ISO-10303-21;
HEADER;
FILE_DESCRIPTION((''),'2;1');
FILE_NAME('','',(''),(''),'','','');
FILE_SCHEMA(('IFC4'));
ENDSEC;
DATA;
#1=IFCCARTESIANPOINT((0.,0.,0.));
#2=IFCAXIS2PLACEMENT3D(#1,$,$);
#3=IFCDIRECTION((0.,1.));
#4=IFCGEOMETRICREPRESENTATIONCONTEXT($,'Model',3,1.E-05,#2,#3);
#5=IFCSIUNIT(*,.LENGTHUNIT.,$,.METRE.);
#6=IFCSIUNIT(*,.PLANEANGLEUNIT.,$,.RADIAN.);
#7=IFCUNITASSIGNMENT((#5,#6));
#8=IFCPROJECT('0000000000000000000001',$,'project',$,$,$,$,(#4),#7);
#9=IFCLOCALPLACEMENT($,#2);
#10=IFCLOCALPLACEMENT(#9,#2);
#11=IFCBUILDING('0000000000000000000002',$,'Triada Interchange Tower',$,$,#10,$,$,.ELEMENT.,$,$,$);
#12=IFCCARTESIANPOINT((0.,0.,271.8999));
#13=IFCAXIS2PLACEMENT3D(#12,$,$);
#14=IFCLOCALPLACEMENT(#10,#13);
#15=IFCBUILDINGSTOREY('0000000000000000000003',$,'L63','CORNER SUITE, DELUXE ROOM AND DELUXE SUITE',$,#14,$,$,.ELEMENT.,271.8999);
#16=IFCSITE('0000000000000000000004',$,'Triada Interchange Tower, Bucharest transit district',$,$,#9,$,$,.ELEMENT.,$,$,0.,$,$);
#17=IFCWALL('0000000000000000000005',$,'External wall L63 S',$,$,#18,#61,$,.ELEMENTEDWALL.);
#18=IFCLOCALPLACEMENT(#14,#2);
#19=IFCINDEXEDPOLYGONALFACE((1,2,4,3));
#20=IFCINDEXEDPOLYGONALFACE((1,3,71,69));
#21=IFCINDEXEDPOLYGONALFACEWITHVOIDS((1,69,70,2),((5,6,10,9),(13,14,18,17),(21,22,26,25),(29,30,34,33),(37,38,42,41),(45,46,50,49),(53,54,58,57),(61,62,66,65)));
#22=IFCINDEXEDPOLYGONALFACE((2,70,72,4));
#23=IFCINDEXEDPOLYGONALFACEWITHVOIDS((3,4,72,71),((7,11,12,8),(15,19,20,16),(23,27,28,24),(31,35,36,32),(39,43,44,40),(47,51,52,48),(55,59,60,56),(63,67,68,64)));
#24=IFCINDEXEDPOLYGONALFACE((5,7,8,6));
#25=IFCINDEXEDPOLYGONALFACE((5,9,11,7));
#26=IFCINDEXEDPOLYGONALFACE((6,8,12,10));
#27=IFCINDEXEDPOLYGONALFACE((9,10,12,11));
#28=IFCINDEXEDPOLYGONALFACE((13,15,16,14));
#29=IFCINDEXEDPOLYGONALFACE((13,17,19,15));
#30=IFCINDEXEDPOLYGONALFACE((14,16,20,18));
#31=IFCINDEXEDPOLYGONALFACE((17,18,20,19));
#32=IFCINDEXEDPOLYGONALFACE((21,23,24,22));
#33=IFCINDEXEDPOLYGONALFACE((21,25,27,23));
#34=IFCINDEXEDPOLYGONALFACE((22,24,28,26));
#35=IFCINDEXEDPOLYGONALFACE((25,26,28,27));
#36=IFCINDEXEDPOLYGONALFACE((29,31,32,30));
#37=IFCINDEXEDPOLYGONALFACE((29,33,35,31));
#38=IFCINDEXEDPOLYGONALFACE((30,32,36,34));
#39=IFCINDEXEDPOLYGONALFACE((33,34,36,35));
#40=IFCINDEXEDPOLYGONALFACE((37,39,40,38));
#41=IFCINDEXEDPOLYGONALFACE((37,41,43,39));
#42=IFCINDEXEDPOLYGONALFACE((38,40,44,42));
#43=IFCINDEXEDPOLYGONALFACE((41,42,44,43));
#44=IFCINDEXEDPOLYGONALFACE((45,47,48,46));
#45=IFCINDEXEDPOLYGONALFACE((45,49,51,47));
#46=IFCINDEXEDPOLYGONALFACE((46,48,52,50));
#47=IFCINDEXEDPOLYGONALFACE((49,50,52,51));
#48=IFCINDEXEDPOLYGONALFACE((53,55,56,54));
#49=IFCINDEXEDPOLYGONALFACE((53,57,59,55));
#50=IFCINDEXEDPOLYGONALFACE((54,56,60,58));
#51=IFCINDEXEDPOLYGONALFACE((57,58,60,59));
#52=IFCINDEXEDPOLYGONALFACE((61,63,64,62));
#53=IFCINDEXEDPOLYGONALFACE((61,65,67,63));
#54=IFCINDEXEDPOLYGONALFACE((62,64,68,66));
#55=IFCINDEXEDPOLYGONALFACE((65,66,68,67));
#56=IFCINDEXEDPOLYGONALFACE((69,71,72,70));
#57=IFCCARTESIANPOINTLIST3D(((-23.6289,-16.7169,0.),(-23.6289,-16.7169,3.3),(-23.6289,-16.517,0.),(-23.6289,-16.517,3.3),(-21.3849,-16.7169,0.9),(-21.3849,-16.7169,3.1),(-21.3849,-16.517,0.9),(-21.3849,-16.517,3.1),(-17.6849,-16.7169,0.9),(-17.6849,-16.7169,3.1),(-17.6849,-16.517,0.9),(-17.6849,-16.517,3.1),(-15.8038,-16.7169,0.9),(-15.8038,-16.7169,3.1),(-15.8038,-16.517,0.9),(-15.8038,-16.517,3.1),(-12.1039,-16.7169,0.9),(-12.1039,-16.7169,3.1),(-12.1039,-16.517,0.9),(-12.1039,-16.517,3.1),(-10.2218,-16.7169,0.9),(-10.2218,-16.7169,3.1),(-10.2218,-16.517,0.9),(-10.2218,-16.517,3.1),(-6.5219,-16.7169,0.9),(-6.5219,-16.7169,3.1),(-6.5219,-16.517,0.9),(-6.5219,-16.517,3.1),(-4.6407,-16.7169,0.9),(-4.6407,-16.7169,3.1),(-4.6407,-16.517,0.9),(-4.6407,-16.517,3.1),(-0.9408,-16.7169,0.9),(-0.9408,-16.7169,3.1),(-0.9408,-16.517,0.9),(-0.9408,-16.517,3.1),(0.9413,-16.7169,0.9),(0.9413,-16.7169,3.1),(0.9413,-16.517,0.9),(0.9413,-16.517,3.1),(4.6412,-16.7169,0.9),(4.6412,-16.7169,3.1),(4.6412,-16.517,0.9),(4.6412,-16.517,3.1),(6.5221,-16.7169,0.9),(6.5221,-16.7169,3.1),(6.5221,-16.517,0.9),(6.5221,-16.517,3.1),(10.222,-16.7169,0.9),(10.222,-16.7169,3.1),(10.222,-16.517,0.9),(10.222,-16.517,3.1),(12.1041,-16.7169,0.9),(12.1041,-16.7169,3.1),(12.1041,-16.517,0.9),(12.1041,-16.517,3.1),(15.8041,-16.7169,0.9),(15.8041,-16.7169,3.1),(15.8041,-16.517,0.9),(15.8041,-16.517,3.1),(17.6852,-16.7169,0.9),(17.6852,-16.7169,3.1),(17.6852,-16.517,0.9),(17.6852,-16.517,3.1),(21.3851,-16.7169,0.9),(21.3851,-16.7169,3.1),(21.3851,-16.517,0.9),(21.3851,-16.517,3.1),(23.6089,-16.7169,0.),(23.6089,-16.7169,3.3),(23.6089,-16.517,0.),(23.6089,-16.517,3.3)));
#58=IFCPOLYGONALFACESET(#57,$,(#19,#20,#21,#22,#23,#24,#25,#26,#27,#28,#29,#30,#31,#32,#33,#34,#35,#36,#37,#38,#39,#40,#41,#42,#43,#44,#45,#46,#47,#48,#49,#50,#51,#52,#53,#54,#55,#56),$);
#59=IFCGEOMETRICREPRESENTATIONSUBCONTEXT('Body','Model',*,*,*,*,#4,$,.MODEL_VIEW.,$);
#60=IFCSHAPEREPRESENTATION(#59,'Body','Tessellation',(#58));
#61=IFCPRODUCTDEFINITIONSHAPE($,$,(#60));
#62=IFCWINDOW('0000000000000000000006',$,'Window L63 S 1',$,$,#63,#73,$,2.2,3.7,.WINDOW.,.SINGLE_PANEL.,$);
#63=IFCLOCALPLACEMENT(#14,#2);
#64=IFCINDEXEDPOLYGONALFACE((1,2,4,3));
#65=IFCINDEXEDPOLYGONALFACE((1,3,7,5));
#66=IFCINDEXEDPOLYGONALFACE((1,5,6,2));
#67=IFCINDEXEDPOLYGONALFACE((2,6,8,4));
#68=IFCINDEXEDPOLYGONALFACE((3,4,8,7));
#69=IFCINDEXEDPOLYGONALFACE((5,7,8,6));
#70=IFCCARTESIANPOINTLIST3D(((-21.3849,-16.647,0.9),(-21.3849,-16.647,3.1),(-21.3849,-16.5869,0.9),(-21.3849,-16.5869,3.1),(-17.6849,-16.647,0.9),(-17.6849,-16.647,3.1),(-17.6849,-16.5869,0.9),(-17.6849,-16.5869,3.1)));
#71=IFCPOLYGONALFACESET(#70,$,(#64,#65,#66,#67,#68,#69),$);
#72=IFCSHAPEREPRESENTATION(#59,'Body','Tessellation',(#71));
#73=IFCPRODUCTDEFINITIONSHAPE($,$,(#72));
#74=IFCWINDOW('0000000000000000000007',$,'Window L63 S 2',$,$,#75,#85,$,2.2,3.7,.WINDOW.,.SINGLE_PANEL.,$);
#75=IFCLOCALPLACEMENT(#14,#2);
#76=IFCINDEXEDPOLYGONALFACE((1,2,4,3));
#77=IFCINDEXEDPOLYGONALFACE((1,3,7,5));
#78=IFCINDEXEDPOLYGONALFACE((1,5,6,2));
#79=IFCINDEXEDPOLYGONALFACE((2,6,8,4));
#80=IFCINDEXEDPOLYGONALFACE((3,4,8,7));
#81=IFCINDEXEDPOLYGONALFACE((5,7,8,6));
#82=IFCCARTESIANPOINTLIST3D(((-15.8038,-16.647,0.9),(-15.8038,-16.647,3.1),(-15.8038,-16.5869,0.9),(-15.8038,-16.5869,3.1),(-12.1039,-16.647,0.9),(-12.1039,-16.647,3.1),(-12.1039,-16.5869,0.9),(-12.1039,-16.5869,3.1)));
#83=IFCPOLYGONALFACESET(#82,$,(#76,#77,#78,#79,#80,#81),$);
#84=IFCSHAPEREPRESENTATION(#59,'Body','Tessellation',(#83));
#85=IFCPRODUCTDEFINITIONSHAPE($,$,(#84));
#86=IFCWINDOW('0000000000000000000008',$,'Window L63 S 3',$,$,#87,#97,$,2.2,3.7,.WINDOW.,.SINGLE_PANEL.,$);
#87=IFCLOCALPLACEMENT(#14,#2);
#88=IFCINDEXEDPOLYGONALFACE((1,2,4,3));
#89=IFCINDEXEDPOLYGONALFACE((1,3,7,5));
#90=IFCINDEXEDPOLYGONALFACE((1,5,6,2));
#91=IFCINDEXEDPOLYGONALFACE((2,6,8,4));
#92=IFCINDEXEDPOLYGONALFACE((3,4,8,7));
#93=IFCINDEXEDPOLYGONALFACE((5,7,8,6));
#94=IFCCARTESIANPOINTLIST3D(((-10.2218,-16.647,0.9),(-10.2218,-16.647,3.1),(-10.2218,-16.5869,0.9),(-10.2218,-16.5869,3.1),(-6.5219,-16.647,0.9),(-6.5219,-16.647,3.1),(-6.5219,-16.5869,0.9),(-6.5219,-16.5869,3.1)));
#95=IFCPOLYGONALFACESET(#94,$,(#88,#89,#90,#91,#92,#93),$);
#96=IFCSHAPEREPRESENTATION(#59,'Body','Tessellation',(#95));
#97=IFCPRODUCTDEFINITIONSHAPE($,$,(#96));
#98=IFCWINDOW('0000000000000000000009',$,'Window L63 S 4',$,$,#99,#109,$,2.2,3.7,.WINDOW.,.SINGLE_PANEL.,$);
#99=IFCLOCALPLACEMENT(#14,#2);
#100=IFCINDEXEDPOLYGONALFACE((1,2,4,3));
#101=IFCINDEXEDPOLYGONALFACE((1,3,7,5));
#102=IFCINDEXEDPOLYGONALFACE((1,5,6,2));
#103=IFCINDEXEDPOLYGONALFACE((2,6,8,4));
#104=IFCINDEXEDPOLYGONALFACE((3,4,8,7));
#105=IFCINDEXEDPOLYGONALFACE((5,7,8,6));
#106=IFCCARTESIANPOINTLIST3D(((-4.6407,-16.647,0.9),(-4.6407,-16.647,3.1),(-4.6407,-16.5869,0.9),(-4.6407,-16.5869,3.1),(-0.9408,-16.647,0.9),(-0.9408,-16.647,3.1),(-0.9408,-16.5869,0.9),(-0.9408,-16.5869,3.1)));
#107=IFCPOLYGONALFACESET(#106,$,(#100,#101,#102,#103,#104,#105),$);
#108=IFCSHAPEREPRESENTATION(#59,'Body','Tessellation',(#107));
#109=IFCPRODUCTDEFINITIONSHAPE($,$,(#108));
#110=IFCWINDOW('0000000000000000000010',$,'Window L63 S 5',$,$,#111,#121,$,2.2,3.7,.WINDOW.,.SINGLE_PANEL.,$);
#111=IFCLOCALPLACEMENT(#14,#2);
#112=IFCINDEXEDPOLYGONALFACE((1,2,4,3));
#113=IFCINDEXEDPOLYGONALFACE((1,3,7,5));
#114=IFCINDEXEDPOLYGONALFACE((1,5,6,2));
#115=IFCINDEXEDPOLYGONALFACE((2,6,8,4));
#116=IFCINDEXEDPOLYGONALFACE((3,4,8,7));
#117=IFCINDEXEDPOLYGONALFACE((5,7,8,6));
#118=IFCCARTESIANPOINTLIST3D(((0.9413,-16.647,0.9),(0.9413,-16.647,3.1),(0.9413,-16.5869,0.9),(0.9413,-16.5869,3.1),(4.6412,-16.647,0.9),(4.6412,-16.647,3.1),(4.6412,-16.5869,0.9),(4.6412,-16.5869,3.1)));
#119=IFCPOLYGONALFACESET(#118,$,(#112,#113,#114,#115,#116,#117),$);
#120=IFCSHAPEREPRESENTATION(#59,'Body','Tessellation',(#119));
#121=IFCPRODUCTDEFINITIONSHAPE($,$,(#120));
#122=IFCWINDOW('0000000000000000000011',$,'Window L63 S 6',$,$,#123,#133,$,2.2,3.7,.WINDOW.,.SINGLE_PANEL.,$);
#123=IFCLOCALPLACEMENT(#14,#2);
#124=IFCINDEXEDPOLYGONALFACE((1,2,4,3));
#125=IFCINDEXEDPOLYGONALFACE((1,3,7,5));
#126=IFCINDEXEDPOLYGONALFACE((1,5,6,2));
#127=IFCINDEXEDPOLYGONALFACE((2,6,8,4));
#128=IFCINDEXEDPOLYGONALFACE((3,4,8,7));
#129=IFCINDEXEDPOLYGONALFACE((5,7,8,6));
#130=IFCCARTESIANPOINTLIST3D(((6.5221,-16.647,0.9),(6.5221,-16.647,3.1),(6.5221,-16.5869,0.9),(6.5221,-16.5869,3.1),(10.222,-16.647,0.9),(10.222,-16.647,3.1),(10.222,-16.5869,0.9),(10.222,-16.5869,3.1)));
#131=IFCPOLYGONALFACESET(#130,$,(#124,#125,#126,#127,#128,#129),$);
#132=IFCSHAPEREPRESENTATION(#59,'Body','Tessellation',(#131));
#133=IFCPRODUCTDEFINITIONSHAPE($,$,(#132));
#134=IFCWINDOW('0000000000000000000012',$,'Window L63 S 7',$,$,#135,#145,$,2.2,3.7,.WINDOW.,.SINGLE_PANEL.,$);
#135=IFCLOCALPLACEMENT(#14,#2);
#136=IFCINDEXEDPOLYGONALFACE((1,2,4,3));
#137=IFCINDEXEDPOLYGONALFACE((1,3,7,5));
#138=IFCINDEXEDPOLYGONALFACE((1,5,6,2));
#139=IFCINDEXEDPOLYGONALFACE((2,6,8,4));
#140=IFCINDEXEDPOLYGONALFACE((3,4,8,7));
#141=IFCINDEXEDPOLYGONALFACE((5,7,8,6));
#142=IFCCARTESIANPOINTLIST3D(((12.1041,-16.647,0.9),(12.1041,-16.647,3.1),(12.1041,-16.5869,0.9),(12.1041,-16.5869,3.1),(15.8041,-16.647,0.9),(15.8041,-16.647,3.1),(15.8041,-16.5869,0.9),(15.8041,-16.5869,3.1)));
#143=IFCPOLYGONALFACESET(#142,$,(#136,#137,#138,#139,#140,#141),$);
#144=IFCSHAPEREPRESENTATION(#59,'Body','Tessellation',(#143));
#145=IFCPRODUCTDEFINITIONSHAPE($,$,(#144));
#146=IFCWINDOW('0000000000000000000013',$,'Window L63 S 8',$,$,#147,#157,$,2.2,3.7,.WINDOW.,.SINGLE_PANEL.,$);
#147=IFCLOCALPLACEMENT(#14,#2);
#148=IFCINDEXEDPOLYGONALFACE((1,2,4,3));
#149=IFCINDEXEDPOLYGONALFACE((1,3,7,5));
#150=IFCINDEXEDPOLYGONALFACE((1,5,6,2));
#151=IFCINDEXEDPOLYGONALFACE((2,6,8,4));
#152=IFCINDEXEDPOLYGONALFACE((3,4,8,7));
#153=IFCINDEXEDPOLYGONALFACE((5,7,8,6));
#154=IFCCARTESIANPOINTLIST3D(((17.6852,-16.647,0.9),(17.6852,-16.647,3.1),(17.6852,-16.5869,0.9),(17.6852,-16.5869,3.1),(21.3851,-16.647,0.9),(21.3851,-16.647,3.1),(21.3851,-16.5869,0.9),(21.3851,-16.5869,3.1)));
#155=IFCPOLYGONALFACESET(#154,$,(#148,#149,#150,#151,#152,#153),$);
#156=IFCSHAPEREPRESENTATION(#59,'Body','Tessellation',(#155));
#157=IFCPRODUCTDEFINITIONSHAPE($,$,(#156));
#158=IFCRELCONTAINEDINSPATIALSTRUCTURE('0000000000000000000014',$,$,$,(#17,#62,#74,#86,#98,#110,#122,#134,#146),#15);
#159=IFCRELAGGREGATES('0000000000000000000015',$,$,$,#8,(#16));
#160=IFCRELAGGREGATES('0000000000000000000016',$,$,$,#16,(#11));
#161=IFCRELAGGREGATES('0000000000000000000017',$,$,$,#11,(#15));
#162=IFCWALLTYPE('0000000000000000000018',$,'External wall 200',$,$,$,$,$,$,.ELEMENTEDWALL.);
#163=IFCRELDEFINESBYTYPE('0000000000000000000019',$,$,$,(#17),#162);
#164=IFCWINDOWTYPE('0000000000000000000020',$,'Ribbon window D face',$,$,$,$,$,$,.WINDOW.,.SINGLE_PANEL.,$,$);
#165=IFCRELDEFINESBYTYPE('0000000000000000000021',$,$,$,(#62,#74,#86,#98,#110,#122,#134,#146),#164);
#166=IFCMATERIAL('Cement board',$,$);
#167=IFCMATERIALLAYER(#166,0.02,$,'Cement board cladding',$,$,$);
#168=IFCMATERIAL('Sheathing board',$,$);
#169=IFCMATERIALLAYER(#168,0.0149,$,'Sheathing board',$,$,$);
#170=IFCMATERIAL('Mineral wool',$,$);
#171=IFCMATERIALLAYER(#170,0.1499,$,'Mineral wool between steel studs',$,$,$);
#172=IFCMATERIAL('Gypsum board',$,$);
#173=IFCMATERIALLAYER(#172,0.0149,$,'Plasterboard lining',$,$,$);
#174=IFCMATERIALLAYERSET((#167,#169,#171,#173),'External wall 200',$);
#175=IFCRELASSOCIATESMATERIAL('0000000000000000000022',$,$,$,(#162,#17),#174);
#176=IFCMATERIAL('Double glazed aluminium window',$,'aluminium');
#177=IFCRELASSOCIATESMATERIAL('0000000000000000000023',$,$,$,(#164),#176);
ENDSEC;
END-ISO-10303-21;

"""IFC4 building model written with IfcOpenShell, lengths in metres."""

from ifc_helpers import new_model, si_unit, direction, frame, frame_2d, origin, place, context, subcontext, project, spatial, rectangle, extrude, material, layer, layer_set, layer_usage, type_object, element, fill, save


model = new_model("IFC4")

# Units and contexts
model_context = context("Model", 3, precision=1e-05, world=origin(), true_north=direction((0.0, 1.0)))
body_context = subcontext(model_context, "Body", "Model", "MODEL_VIEW")
ifc_project = project(units=[si_unit("LENGTHUNIT", "METRE"), si_unit("PLANEANGLEUNIT", "RADIAN")], contexts=[model_context])

# Site, building, storey
site_placement = place(None, origin())
site = spatial("IfcSite", under=ifc_project, at=site_placement, Name="Triada Interchange Tower, Bucharest transit district", CompositionType="ELEMENT", RefElevation=0.0)
building_placement = place(site_placement, origin())
building = spatial("IfcBuilding", under=site, at=building_placement, Name="Triada Interchange Tower", CompositionType="ELEMENT")
storey_placement = place(building_placement, frame((0.0, 0.0, 271.8999)))
storey = spatial("IfcBuildingStorey", under=building, at=storey_placement, Name="L63", Description="CORNER SUITE, DELUXE ROOM AND DELUXE SUITE", CompositionType="ELEMENT", Elevation=271.8999)

# Shared definitions
ifc_material_1 = material(Name="Cement board")
ifc_layer_1 = layer(ifc_material_1, 0.02, Name="Cement board cladding")
ifc_material_2 = material(Name="Sheathing board")
ifc_layer_2 = layer(ifc_material_2, 0.0149, Name="Sheathing board")
ifc_material_3 = material(Name="Mineral wool")
ifc_layer_3 = layer(ifc_material_3, 0.1499, Name="Mineral wool between steel studs")
ifc_material_4 = material(Name="Gypsum board")
ifc_layer_4 = layer(ifc_material_4, 0.0149, Name="Plasterboard lining")
ifc_layer_set_1 = layer_set([ifc_layer_1, ifc_layer_2, ifc_layer_3, ifc_layer_4], Name="External wall 200")
ifc_layer_usage = layer_usage(ifc_layer_set_1, "AXIS2", "POSITIVE", -0.1001)
wall_type = type_object("IfcWallType", Name="External wall 200", PredefinedType="ELEMENTEDWALL", material=ifc_layer_set_1)
ifc_material_5 = material(Name="Double glazed aluminium window", Category="aluminium")

# Wall, openings, windows
wall_1_placement = place(storey_placement, frame((-23.6289, -16.6169, 0.0), z_axis=(0.0, 0.0, 1.0), x_axis=(1.0, 0.0, 0.0)))
wall_1 = element("IfcWall", 1, at=wall_1_placement, inside=storey, type_object=wall_type, material=ifc_layer_usage, Name="External wall L63 S", PredefinedType="ELEMENTEDWALL", context=body_context, shape_type="SweptSolid", body=[
    extrude(rectangle(XDim=47.2378, YDim=0.2, at=frame_2d((23.6189, 0.0))), origin(), (0.0, 0.0, 1.0), 3.3),
])
opening_1_placement = place(wall_1_placement, frame((2.2439, 0.0, 0.8999)))
opening_1 = element("IfcOpeningElement", 2, at=opening_1_placement, cuts=wall_1, PredefinedType="OPENING", context=body_context, shape_type="SweptSolid", body=[
    extrude(rectangle(XDim=3.7, YDim=2.2, at=frame_2d((1.8501, 1.1001))), frame((0.0, 0.1099, 0.0), z_axis=(0.0, -1.0, 0.0), x_axis=(1.0, 0.0, 0.0)), (0.0, 0.0, 1.0), 0.22),
])
opening_2_placement = place(wall_1_placement, frame((7.825, 0.0, 0.8999)))
opening_2 = element("IfcOpeningElement", 3, at=opening_2_placement, cuts=wall_1, PredefinedType="OPENING", context=body_context, shape_type="SweptSolid", body=[
    extrude(rectangle(XDim=3.7, YDim=2.2, at=frame_2d((1.8501, 1.1001))), frame((0.0, 0.1099, 0.0), z_axis=(0.0, -1.0, 0.0), x_axis=(1.0, 0.0, 0.0)), (0.0, 0.0, 1.0), 0.22),
])
opening_3_placement = place(wall_1_placement, frame((13.407, 0.0, 0.8999)))
opening_3 = element("IfcOpeningElement", 4, at=opening_3_placement, cuts=wall_1, PredefinedType="OPENING", context=body_context, shape_type="SweptSolid", body=[
    extrude(rectangle(XDim=3.7, YDim=2.2, at=frame_2d((1.8501, 1.1001))), frame((0.0, 0.1099, 0.0), z_axis=(0.0, -1.0, 0.0), x_axis=(1.0, 0.0, 0.0)), (0.0, 0.0, 1.0), 0.22),
])
opening_4_placement = place(wall_1_placement, frame((18.988, 0.0, 0.8999)))
opening_4 = element("IfcOpeningElement", 5, at=opening_4_placement, cuts=wall_1, PredefinedType="OPENING", context=body_context, shape_type="SweptSolid", body=[
    extrude(rectangle(XDim=3.7, YDim=2.2, at=frame_2d((1.8501, 1.1001))), frame((0.0, 0.1099, 0.0), z_axis=(0.0, -1.0, 0.0), x_axis=(1.0, 0.0, 0.0)), (0.0, 0.0, 1.0), 0.22),
])
opening_5_placement = place(wall_1_placement, frame((24.5701, 0.0, 0.8999)))
opening_5 = element("IfcOpeningElement", 6, at=opening_5_placement, cuts=wall_1, PredefinedType="OPENING", context=body_context, shape_type="SweptSolid", body=[
    extrude(rectangle(XDim=3.7, YDim=2.2, at=frame_2d((1.8501, 1.1001))), frame((0.0, 0.1099, 0.0), z_axis=(0.0, -1.0, 0.0), x_axis=(1.0, 0.0, 0.0)), (0.0, 0.0, 1.0), 0.22),
])
opening_6_placement = place(wall_1_placement, frame((30.1509, 0.0, 0.8999)))
opening_6 = element("IfcOpeningElement", 7, at=opening_6_placement, cuts=wall_1, PredefinedType="OPENING", context=body_context, shape_type="SweptSolid", body=[
    extrude(rectangle(XDim=3.7, YDim=2.2, at=frame_2d((1.8501, 1.1001))), frame((0.0, 0.1099, 0.0), z_axis=(0.0, -1.0, 0.0), x_axis=(1.0, 0.0, 0.0)), (0.0, 0.0, 1.0), 0.22),
])
opening_7_placement = place(wall_1_placement, frame((35.7329, 0.0, 0.8999)))
opening_7 = element("IfcOpeningElement", 8, at=opening_7_placement, cuts=wall_1, PredefinedType="OPENING", context=body_context, shape_type="SweptSolid", body=[
    extrude(rectangle(XDim=3.7, YDim=2.2, at=frame_2d((1.8501, 1.1001))), frame((0.0, 0.1099, 0.0), z_axis=(0.0, -1.0, 0.0), x_axis=(1.0, 0.0, 0.0)), (0.0, 0.0, 1.0), 0.22),
])
opening_8_placement = place(wall_1_placement, frame((41.314, 0.0, 0.8999)))
opening_8 = element("IfcOpeningElement", 9, at=opening_8_placement, cuts=wall_1, PredefinedType="OPENING", context=body_context, shape_type="SweptSolid", body=[
    extrude(rectangle(XDim=3.7, YDim=2.2, at=frame_2d((1.8501, 1.1001))), frame((0.0, 0.1099, 0.0), z_axis=(0.0, -1.0, 0.0), x_axis=(1.0, 0.0, 0.0)), (0.0, 0.0, 1.0), 0.22),
])
window_type_1 = type_object("IfcWindowType", Name="Ribbon window D face", PartitioningType="SINGLE_PANEL", PredefinedType="WINDOW", material=ifc_material_5)
window_1_placement = place(opening_1_placement, origin())
window_1 = element("IfcWindow", 10, at=window_1_placement, inside=storey, type_object=window_type_1, Name="Window L63 S 1", OverallHeight=2.2, OverallWidth=3.7, PartitioningType="SINGLE_PANEL", PredefinedType="WINDOW", context=body_context, shape_type="SweptSolid", body=[
    extrude(rectangle(XDim=3.7, YDim=2.2, at=frame_2d((1.8501, 1.1001))), frame((0.0, 0.03, 0.0), z_axis=(0.0, -1.0, 0.0), x_axis=(1.0, 0.0, 0.0)), (0.0, 0.0, 1.0), 0.0601),
])
fill(opening_1, window_1)
window_2_placement = place(opening_2_placement, origin())
window_2 = element("IfcWindow", 11, at=window_2_placement, inside=storey, type_object=window_type_1, Name="Window L63 S 2", OverallHeight=2.2, OverallWidth=3.7, PartitioningType="SINGLE_PANEL", PredefinedType="WINDOW", context=body_context, shape_type="SweptSolid", body=[
    extrude(rectangle(XDim=3.7, YDim=2.2, at=frame_2d((1.8501, 1.1001))), frame((0.0, 0.03, 0.0), z_axis=(0.0, -1.0, 0.0), x_axis=(1.0, 0.0, 0.0)), (0.0, 0.0, 1.0), 0.0601),
])
fill(opening_2, window_2)
window_3_placement = place(opening_3_placement, origin())
window_3 = element("IfcWindow", 12, at=window_3_placement, inside=storey, type_object=window_type_1, Name="Window L63 S 3", OverallHeight=2.2, OverallWidth=3.7, PartitioningType="SINGLE_PANEL", PredefinedType="WINDOW", context=body_context, shape_type="SweptSolid", body=[
    extrude(rectangle(XDim=3.7, YDim=2.2, at=frame_2d((1.8501, 1.1001))), frame((0.0, 0.03, 0.0), z_axis=(0.0, -1.0, 0.0), x_axis=(1.0, 0.0, 0.0)), (0.0, 0.0, 1.0), 0.0601),
])
fill(opening_3, window_3)
window_4_placement = place(opening_4_placement, origin())
window_4 = element("IfcWindow", 13, at=window_4_placement, inside=storey, type_object=window_type_1, Name="Window L63 S 4", OverallHeight=2.2, OverallWidth=3.7, PartitioningType="SINGLE_PANEL", PredefinedType="WINDOW", context=body_context, shape_type="SweptSolid", body=[
    extrude(rectangle(XDim=3.7, YDim=2.2, at=frame_2d((1.8501, 1.1001))), frame((0.0, 0.03, 0.0), z_axis=(0.0, -1.0, 0.0), x_axis=(1.0, 0.0, 0.0)), (0.0, 0.0, 1.0), 0.0601),
])
fill(opening_4, window_4)
window_5_placement = place(opening_5_placement, origin())
window_5 = element("IfcWindow", 14, at=window_5_placement, inside=storey, type_object=window_type_1, Name="Window L63 S 5", OverallHeight=2.2, OverallWidth=3.7, PartitioningType="SINGLE_PANEL", PredefinedType="WINDOW", context=body_context, shape_type="SweptSolid", body=[
    extrude(rectangle(XDim=3.7, YDim=2.2, at=frame_2d((1.8501, 1.1001))), frame((0.0, 0.03, 0.0), z_axis=(0.0, -1.0, 0.0), x_axis=(1.0, 0.0, 0.0)), (0.0, 0.0, 1.0), 0.0601),
])
fill(opening_5, window_5)
window_6_placement = place(opening_6_placement, origin())
window_6 = element("IfcWindow", 15, at=window_6_placement, inside=storey, type_object=window_type_1, Name="Window L63 S 6", OverallHeight=2.2, OverallWidth=3.7, PartitioningType="SINGLE_PANEL", PredefinedType="WINDOW", context=body_context, shape_type="SweptSolid", body=[
    extrude(rectangle(XDim=3.7, YDim=2.2, at=frame_2d((1.8501, 1.1001))), frame((0.0, 0.03, 0.0), z_axis=(0.0, -1.0, 0.0), x_axis=(1.0, 0.0, 0.0)), (0.0, 0.0, 1.0), 0.0601),
])
fill(opening_6, window_6)
window_7_placement = place(opening_7_placement, origin())
window_7 = element("IfcWindow", 16, at=window_7_placement, inside=storey, type_object=window_type_1, Name="Window L63 S 7", OverallHeight=2.2, OverallWidth=3.7, PartitioningType="SINGLE_PANEL", PredefinedType="WINDOW", context=body_context, shape_type="SweptSolid", body=[
    extrude(rectangle(XDim=3.7, YDim=2.2, at=frame_2d((1.8501, 1.1001))), frame((0.0, 0.03, 0.0), z_axis=(0.0, -1.0, 0.0), x_axis=(1.0, 0.0, 0.0)), (0.0, 0.0, 1.0), 0.0601),
])
fill(opening_7, window_7)
window_8_placement = place(opening_8_placement, origin())
window_8 = element("IfcWindow", 17, at=window_8_placement, inside=storey, type_object=window_type_1, Name="Window L63 S 8", OverallHeight=2.2, OverallWidth=3.7, PartitioningType="SINGLE_PANEL", PredefinedType="WINDOW", context=body_context, shape_type="SweptSolid", body=[
    extrude(rectangle(XDim=3.7, YDim=2.2, at=frame_2d((1.8501, 1.1001))), frame((0.0, 0.03, 0.0), z_axis=(0.0, -1.0, 0.0), x_axis=(1.0, 0.0, 0.0)), (0.0, 0.0, 1.0), 0.0601),
])
fill(opening_8, window_8)

save(model, "model.ifc")
